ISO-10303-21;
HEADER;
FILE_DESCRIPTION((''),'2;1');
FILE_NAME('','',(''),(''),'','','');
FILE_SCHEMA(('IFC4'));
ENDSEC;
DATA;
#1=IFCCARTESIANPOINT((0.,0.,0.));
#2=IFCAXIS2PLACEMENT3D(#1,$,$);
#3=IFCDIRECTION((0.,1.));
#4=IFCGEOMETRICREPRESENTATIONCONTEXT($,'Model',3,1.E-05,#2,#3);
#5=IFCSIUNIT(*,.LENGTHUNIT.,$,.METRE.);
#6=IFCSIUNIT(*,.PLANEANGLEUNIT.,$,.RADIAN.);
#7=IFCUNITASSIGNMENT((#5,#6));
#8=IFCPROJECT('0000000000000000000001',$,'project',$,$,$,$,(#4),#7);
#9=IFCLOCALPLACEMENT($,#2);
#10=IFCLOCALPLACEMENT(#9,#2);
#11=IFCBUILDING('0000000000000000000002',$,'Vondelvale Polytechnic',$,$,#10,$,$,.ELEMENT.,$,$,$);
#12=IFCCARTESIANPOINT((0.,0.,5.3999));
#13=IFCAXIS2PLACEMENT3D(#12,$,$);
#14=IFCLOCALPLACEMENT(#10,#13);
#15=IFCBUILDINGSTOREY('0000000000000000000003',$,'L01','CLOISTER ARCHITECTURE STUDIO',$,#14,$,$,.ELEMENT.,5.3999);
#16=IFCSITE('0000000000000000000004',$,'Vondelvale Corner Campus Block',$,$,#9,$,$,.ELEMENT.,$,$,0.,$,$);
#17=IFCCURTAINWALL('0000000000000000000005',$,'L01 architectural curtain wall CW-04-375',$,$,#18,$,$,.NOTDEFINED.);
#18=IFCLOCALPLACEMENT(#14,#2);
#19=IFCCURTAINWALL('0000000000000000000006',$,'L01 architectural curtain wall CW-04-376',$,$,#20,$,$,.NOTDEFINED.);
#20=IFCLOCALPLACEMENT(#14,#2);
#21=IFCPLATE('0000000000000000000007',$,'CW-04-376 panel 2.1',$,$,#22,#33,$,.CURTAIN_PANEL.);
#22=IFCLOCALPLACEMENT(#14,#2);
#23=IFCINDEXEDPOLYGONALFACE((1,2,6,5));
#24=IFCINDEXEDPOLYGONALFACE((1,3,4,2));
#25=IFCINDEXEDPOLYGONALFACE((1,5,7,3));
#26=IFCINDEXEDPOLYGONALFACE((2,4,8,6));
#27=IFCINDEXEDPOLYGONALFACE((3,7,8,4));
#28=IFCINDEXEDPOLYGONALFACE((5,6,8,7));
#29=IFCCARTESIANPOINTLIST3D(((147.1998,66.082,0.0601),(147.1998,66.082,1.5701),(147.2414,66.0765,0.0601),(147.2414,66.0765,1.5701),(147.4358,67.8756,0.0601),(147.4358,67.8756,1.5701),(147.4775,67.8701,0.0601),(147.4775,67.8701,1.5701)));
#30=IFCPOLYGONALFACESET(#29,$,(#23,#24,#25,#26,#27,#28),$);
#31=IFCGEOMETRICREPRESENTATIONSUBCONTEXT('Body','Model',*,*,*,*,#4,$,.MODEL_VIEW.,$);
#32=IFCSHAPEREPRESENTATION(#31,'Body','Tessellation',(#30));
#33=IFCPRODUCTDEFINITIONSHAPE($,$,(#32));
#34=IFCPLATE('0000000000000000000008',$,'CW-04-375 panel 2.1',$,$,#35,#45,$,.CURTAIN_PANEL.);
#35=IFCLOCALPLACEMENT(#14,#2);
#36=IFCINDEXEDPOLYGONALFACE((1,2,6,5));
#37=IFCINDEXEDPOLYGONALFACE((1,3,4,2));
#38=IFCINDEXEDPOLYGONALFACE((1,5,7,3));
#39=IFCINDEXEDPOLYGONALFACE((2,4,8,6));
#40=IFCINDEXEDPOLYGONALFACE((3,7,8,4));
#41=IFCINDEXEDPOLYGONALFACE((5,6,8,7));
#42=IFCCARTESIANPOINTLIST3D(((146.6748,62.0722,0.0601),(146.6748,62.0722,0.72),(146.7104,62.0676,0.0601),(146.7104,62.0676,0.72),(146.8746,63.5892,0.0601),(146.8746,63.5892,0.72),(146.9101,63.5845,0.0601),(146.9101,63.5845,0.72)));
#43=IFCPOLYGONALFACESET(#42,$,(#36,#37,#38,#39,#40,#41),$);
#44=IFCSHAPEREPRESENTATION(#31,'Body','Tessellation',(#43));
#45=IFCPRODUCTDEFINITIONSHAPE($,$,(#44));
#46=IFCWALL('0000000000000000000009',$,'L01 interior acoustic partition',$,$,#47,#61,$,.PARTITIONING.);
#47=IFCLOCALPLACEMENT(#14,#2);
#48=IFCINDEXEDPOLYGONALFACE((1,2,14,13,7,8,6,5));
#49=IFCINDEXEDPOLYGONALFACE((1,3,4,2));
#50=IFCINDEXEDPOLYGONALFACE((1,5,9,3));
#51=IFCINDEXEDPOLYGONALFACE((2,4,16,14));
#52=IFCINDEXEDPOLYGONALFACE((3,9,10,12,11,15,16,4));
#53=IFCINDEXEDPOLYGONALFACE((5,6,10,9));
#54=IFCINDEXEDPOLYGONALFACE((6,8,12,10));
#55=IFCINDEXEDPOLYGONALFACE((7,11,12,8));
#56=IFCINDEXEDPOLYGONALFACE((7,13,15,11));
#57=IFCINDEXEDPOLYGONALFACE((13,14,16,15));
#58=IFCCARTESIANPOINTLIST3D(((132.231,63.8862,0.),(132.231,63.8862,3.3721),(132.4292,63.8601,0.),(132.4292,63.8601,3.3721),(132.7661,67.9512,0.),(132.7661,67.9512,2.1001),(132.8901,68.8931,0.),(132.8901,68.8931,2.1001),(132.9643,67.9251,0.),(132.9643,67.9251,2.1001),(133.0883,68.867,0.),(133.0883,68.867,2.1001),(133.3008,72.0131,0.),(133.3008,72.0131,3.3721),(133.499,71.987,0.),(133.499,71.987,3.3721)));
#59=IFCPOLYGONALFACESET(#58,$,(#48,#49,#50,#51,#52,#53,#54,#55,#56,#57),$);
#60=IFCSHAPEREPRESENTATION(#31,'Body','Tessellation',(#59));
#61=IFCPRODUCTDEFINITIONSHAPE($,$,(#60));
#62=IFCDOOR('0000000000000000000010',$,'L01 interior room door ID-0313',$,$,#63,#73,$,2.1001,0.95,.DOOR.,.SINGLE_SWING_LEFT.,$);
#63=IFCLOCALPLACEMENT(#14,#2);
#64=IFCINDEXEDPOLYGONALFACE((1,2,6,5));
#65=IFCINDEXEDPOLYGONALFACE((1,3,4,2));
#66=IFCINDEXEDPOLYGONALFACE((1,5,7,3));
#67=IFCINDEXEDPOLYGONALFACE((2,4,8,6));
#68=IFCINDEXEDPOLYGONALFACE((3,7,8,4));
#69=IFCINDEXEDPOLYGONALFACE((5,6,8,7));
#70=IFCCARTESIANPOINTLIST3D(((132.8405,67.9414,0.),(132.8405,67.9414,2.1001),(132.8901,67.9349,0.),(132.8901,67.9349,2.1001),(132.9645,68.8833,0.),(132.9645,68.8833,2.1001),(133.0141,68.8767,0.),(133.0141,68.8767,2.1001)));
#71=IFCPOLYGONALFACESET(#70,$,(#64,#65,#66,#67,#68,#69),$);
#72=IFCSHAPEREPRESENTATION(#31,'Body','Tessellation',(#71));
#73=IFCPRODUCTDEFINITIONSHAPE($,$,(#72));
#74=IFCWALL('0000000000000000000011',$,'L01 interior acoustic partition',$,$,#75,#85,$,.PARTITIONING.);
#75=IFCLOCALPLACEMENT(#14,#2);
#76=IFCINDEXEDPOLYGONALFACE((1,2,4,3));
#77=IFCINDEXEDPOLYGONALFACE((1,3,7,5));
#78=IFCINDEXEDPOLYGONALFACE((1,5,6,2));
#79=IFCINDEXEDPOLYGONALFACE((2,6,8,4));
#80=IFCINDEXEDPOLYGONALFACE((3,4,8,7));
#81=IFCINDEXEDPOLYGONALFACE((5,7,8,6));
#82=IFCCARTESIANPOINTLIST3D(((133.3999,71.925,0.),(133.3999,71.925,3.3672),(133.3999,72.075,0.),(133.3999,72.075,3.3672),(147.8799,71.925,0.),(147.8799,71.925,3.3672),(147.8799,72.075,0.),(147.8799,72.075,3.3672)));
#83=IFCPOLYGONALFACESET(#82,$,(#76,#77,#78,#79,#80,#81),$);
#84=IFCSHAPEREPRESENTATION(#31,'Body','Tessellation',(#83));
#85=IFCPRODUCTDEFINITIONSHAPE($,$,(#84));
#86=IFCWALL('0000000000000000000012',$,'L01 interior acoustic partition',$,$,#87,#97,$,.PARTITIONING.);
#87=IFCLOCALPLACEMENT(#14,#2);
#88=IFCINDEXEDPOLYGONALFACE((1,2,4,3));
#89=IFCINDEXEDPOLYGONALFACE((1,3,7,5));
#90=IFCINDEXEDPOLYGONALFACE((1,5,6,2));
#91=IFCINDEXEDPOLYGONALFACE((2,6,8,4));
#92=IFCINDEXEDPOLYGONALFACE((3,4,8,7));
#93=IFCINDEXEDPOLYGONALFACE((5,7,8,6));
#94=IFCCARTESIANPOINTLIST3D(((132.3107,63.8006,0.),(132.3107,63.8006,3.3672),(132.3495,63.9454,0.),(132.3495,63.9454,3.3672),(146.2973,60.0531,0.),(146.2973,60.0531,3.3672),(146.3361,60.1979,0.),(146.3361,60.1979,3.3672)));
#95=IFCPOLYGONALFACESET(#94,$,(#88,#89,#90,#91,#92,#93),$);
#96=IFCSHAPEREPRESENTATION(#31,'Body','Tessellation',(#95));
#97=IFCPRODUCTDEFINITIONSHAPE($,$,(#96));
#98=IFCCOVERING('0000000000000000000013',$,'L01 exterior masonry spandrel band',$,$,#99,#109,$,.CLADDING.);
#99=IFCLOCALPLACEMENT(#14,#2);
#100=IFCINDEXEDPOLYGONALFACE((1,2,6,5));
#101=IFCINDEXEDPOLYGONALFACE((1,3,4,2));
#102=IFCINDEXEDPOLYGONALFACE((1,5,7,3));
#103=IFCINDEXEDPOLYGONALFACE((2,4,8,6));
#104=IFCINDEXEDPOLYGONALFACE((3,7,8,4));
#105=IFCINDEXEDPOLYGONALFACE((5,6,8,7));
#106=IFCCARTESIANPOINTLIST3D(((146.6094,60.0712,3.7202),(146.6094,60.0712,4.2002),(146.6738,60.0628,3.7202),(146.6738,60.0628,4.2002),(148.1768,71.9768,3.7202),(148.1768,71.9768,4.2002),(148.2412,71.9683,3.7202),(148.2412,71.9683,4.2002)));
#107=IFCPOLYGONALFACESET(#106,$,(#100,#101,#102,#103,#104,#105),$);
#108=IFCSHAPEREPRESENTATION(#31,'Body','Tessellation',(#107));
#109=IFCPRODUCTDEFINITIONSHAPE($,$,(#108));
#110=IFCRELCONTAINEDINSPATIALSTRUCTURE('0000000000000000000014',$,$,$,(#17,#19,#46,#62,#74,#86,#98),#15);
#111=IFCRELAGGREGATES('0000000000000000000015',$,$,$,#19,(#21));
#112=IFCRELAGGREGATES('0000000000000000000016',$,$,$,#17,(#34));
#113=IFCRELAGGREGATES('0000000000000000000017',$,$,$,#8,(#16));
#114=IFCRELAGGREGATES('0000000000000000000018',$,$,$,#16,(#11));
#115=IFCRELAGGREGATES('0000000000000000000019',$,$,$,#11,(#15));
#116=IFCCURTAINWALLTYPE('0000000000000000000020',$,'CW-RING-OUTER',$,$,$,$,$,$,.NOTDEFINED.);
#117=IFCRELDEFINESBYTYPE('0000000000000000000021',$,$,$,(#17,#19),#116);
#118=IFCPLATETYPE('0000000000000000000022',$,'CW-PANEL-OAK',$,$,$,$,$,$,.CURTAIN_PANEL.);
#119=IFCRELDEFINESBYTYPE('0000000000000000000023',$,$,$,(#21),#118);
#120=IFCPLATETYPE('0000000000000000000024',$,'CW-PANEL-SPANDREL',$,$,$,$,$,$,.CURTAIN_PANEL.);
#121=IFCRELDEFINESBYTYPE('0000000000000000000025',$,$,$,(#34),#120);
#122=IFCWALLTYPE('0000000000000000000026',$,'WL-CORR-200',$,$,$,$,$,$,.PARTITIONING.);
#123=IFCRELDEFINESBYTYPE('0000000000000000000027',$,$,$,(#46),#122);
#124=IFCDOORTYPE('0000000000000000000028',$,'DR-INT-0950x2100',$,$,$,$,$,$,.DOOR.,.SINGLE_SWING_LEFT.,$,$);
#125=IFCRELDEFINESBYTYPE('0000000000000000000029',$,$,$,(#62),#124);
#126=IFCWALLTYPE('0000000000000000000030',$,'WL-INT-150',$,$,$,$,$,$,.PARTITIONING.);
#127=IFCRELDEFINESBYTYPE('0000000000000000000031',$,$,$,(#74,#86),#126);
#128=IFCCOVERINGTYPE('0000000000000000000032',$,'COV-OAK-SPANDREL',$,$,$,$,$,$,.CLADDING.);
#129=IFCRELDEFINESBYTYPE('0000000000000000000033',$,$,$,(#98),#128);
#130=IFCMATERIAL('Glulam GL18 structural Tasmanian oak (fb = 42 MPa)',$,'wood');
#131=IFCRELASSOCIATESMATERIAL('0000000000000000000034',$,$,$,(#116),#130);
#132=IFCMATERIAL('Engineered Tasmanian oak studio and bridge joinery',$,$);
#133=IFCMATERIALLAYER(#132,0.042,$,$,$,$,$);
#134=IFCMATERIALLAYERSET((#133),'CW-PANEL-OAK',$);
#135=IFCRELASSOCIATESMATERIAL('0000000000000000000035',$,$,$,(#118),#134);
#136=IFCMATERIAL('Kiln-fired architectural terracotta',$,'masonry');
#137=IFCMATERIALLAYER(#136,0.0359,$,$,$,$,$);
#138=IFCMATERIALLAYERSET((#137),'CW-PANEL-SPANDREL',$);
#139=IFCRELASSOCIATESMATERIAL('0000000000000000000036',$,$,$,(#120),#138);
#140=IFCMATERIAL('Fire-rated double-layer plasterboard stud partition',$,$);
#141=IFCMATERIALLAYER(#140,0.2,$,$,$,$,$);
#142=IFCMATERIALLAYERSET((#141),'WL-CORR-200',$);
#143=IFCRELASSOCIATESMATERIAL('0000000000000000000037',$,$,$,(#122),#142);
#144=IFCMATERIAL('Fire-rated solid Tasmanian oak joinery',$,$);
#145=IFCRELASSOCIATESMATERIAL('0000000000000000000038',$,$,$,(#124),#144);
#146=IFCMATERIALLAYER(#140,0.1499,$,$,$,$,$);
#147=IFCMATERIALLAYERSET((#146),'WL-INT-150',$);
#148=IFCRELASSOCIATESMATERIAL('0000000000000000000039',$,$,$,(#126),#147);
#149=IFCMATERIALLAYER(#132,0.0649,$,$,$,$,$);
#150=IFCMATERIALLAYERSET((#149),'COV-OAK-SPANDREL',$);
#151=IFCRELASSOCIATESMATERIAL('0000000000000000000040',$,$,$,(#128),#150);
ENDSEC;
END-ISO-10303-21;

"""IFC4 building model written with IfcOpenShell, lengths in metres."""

from ifc_helpers import new_model, si_unit, direction, frame, frame_2d, origin, origin_2d, place, context, subcontext, project, spatial, rectangle, extrude, material, layer, layer_set, type_object, element, fill, aggregate, save


model = new_model("IFC4")

# Units and contexts
model_context = context("Model", 3, precision=1e-05, world=origin(), true_north=direction((0.0, 1.0)))
body_context = subcontext(model_context, "Body", "Model", "MODEL_VIEW")
ifc_project = project(units=[si_unit("LENGTHUNIT", "METRE"), si_unit("PLANEANGLEUNIT", "RADIAN")], contexts=[model_context])

# Site, building, storey
site_placement = place(None, origin())
site = spatial("IfcSite", under=ifc_project, at=site_placement, Name="Vondelvale Corner Campus Block", CompositionType="ELEMENT", RefElevation=0.0)
building_placement = place(site_placement, origin())
building = spatial("IfcBuilding", under=site, at=building_placement, Name="Vondelvale Polytechnic", CompositionType="ELEMENT")
storey_placement = place(building_placement, frame((0.0, 0.0, 5.3999)))
storey = spatial("IfcBuildingStorey", under=building, at=storey_placement, Name="L01", Description="CLOISTER ARCHITECTURE STUDIO", CompositionType="ELEMENT", Elevation=5.3999)

# Shared definitions
ifc_material_1 = material(Name="Glulam GL18 structural Tasmanian oak (fb = 42 MPa)", Category="wood")

# Curtain wall
curtain_wall_type = type_object("IfcCurtainWallType", Name="CW-RING-OUTER", PredefinedType="NOTDEFINED", material=ifc_material_1)
curtain_wall_1_placement = place(storey_placement, origin())
curtain_wall_1 = element("IfcCurtainWall", 1, at=curtain_wall_1_placement, inside=storey, type_object=curtain_wall_type, Name="L01 architectural curtain wall CW-04-375", PredefinedType="NOTDEFINED")

# Curtain wall
curtain_wall_2_placement = place(storey_placement, origin())
curtain_wall_2 = element("IfcCurtainWall", 2, at=curtain_wall_2_placement, inside=storey, type_object=curtain_wall_type, Name="L01 architectural curtain wall CW-04-376", PredefinedType="NOTDEFINED")

# Plates
ifc_material_2 = material(Name="Engineered Tasmanian oak studio and bridge joinery")
ifc_layer_1 = layer(ifc_material_2, 0.042)
ifc_layer_set_1 = layer_set([ifc_layer_1], Name="CW-PANEL-OAK")
plate_type_1 = type_object("IfcPlateType", Name="CW-PANEL-OAK", PredefinedType="CURTAIN_PANEL", material=ifc_layer_set_1)
plate_1_placement = place(storey_placement, frame((147.3386, 66.9761, 0.0601), z_axis=(0.0, 0.0, 1.0), x_axis=(0.130497, 0.991449, 0.0)))
plate_1 = element("IfcPlate", 3, at=plate_1_placement, type_object=plate_type_1, Name="CW-04-376 panel 2.1", PredefinedType="CURTAIN_PANEL", context=body_context, shape_type="SweptSolid", body=[
    extrude(rectangle(XDim=1.8091, YDim=0.042, at=origin_2d()), origin(), (0.0, 0.0, 1.0), 1.51),
])
aggregate(curtain_wall_2, [plate_1])
ifc_material_3 = material(Name="Kiln-fired architectural terracotta", Category="masonry")
ifc_layer_2 = layer(ifc_material_3, 0.0359)
ifc_layer_set_2 = layer_set([ifc_layer_2], Name="CW-PANEL-SPANDREL")
plate_type_2 = type_object("IfcPlateType", Name="CW-PANEL-SPANDREL", PredefinedType="CURTAIN_PANEL", material=ifc_layer_set_2)
plate_2_placement = place(storey_placement, frame((146.7925, 62.8284, 0.0601), z_axis=(0.0, 0.0, 1.0), x_axis=(0.13054, 0.991443, 0.0)))
plate_2 = element("IfcPlate", 4, at=plate_2_placement, type_object=plate_type_2, Name="CW-04-375 panel 2.1", PredefinedType="CURTAIN_PANEL", context=body_context, shape_type="SweptSolid", body=[
    extrude(rectangle(XDim=1.53, YDim=0.0359, at=origin_2d()), origin(), (0.0, 0.0, 1.0), 0.6599),
])
aggregate(curtain_wall_1, [plate_2])

# Wall, opening, door
ifc_material_4 = material(Name="Fire-rated double-layer plasterboard stud partition")
ifc_layer_3 = layer(ifc_material_4, 0.2)
ifc_layer_set_3 = layer_set([ifc_layer_3], Name="WL-CORR-200")
wall_type_1 = type_object("IfcWallType", Name="WL-CORR-200", PredefinedType="PARTITIONING", material=ifc_layer_set_3)
wall_placement = place(storey_placement, frame((132.3301, 63.873, 0.0), z_axis=(0.0, 0.0, 1.0), x_axis=(0.130513, 0.991447, 0.0)))
wall = element("IfcWall", 5, at=wall_placement, inside=storey, type_object=wall_type_1, Name="L01 interior acoustic partition", PredefinedType="PARTITIONING", context=body_context, shape_type="SweptSolid", body=[
    extrude(rectangle(XDim=8.197, YDim=0.2, at=frame_2d((4.0986, 0.0))), origin(), (0.0, 0.0, 1.0), 3.3721),
])
opening_placement = place(wall_placement, frame((4.1001, 0.0, 0.0)))
opening = element("IfcOpeningElement", 6, at=opening_placement, cuts=wall, PredefinedType="OPENING", context=body_context, shape_type="SweptSolid", body=[
    extrude(rectangle(XDim=0.95, YDim=2.1001, at=frame_2d((0.4751, 1.05))), frame((0.0, 0.1099, 0.0), z_axis=(0.0, -1.0, 0.0), x_axis=(1.0, 0.0, 0.0)), (0.0, 0.0, 1.0), 0.22),
])
ifc_material_5 = material(Name="Fire-rated solid Tasmanian oak joinery")
door_type = type_object("IfcDoorType", Name="DR-INT-0950x2100", OperationType="SINGLE_SWING_LEFT", PredefinedType="DOOR", material=ifc_material_5)
door_placement = place(opening_placement, origin())
door = element("IfcDoor", 7, at=door_placement, inside=storey, type_object=door_type, Name="L01 interior room door ID-0313", OperationType="SINGLE_SWING_LEFT", OverallHeight=2.1001, OverallWidth=0.95, PredefinedType="DOOR", context=body_context, shape_type="SweptSolid", body=[
    extrude(rectangle(XDim=0.95, YDim=2.1001, at=frame_2d((0.4751, 1.05))), frame((0.0, 0.0249, 0.0), z_axis=(0.0, -1.0, 0.0), x_axis=(1.0, 0.0, 0.0)), (0.0, 0.0, 1.0), 0.05),
])
fill(opening, door)

# Walls
ifc_layer_4 = layer(ifc_material_4, 0.1499)
ifc_layer_set_4 = layer_set([ifc_layer_4], Name="WL-INT-150")
wall_type_2 = type_object("IfcWallType", Name="WL-INT-150", PredefinedType="PARTITIONING", material=ifc_layer_set_4)
for number, where, z_axis, x_axis, name in (
    (8, (133.3999, 72.0, 0.0), (0.0, 0.0, 1.0), (1.0, 0.0, 0.0), "L01 interior acoustic partition"),
    (9, (132.3301, 63.873, 0.0), (0.0, 0.0, 1.0), (0.965928, -0.258811, 0.0), "L01 interior acoustic partition"),
):
    element("IfcWall", number, at=place(storey_placement, frame(where, z_axis=z_axis, x_axis=x_axis)), inside=storey, type_object=wall_type_2, Name=name, PredefinedType="PARTITIONING", context=body_context, shape_type="SweptSolid", body=[
        extrude(rectangle(XDim=14.48, YDim=0.1499, at=frame_2d((7.24, 0.0))), origin(), (0.0, 0.0, 1.0), 3.3672),
    ])

# Covering
ifc_layer_5 = layer(ifc_material_2, 0.0649)
ifc_layer_set_5 = layer_set([ifc_layer_5], Name="COV-OAK-SPANDREL")
covering_type = type_object("IfcCoveringType", Name="COV-OAK-SPANDREL", PredefinedType="CLADDING", material=ifc_layer_set_5)
covering_placement = place(storey_placement, frame((147.4253, 66.0198, 3.7202), z_axis=(0.0, 0.0, 1.0), x_axis=(0.130526, 0.991445, 0.0)))
element("IfcCovering", 10, at=covering_placement, inside=storey, type_object=covering_type, Name="L01 exterior masonry spandrel band", PredefinedType="CLADDING", context=body_context, shape_type="SweptSolid", body=[
    extrude(rectangle(XDim=12.0083, YDim=0.0649, at=origin_2d()), origin(), (0.0, 0.0, 1.0), 0.48),
])

save(model, "model.ifc")
